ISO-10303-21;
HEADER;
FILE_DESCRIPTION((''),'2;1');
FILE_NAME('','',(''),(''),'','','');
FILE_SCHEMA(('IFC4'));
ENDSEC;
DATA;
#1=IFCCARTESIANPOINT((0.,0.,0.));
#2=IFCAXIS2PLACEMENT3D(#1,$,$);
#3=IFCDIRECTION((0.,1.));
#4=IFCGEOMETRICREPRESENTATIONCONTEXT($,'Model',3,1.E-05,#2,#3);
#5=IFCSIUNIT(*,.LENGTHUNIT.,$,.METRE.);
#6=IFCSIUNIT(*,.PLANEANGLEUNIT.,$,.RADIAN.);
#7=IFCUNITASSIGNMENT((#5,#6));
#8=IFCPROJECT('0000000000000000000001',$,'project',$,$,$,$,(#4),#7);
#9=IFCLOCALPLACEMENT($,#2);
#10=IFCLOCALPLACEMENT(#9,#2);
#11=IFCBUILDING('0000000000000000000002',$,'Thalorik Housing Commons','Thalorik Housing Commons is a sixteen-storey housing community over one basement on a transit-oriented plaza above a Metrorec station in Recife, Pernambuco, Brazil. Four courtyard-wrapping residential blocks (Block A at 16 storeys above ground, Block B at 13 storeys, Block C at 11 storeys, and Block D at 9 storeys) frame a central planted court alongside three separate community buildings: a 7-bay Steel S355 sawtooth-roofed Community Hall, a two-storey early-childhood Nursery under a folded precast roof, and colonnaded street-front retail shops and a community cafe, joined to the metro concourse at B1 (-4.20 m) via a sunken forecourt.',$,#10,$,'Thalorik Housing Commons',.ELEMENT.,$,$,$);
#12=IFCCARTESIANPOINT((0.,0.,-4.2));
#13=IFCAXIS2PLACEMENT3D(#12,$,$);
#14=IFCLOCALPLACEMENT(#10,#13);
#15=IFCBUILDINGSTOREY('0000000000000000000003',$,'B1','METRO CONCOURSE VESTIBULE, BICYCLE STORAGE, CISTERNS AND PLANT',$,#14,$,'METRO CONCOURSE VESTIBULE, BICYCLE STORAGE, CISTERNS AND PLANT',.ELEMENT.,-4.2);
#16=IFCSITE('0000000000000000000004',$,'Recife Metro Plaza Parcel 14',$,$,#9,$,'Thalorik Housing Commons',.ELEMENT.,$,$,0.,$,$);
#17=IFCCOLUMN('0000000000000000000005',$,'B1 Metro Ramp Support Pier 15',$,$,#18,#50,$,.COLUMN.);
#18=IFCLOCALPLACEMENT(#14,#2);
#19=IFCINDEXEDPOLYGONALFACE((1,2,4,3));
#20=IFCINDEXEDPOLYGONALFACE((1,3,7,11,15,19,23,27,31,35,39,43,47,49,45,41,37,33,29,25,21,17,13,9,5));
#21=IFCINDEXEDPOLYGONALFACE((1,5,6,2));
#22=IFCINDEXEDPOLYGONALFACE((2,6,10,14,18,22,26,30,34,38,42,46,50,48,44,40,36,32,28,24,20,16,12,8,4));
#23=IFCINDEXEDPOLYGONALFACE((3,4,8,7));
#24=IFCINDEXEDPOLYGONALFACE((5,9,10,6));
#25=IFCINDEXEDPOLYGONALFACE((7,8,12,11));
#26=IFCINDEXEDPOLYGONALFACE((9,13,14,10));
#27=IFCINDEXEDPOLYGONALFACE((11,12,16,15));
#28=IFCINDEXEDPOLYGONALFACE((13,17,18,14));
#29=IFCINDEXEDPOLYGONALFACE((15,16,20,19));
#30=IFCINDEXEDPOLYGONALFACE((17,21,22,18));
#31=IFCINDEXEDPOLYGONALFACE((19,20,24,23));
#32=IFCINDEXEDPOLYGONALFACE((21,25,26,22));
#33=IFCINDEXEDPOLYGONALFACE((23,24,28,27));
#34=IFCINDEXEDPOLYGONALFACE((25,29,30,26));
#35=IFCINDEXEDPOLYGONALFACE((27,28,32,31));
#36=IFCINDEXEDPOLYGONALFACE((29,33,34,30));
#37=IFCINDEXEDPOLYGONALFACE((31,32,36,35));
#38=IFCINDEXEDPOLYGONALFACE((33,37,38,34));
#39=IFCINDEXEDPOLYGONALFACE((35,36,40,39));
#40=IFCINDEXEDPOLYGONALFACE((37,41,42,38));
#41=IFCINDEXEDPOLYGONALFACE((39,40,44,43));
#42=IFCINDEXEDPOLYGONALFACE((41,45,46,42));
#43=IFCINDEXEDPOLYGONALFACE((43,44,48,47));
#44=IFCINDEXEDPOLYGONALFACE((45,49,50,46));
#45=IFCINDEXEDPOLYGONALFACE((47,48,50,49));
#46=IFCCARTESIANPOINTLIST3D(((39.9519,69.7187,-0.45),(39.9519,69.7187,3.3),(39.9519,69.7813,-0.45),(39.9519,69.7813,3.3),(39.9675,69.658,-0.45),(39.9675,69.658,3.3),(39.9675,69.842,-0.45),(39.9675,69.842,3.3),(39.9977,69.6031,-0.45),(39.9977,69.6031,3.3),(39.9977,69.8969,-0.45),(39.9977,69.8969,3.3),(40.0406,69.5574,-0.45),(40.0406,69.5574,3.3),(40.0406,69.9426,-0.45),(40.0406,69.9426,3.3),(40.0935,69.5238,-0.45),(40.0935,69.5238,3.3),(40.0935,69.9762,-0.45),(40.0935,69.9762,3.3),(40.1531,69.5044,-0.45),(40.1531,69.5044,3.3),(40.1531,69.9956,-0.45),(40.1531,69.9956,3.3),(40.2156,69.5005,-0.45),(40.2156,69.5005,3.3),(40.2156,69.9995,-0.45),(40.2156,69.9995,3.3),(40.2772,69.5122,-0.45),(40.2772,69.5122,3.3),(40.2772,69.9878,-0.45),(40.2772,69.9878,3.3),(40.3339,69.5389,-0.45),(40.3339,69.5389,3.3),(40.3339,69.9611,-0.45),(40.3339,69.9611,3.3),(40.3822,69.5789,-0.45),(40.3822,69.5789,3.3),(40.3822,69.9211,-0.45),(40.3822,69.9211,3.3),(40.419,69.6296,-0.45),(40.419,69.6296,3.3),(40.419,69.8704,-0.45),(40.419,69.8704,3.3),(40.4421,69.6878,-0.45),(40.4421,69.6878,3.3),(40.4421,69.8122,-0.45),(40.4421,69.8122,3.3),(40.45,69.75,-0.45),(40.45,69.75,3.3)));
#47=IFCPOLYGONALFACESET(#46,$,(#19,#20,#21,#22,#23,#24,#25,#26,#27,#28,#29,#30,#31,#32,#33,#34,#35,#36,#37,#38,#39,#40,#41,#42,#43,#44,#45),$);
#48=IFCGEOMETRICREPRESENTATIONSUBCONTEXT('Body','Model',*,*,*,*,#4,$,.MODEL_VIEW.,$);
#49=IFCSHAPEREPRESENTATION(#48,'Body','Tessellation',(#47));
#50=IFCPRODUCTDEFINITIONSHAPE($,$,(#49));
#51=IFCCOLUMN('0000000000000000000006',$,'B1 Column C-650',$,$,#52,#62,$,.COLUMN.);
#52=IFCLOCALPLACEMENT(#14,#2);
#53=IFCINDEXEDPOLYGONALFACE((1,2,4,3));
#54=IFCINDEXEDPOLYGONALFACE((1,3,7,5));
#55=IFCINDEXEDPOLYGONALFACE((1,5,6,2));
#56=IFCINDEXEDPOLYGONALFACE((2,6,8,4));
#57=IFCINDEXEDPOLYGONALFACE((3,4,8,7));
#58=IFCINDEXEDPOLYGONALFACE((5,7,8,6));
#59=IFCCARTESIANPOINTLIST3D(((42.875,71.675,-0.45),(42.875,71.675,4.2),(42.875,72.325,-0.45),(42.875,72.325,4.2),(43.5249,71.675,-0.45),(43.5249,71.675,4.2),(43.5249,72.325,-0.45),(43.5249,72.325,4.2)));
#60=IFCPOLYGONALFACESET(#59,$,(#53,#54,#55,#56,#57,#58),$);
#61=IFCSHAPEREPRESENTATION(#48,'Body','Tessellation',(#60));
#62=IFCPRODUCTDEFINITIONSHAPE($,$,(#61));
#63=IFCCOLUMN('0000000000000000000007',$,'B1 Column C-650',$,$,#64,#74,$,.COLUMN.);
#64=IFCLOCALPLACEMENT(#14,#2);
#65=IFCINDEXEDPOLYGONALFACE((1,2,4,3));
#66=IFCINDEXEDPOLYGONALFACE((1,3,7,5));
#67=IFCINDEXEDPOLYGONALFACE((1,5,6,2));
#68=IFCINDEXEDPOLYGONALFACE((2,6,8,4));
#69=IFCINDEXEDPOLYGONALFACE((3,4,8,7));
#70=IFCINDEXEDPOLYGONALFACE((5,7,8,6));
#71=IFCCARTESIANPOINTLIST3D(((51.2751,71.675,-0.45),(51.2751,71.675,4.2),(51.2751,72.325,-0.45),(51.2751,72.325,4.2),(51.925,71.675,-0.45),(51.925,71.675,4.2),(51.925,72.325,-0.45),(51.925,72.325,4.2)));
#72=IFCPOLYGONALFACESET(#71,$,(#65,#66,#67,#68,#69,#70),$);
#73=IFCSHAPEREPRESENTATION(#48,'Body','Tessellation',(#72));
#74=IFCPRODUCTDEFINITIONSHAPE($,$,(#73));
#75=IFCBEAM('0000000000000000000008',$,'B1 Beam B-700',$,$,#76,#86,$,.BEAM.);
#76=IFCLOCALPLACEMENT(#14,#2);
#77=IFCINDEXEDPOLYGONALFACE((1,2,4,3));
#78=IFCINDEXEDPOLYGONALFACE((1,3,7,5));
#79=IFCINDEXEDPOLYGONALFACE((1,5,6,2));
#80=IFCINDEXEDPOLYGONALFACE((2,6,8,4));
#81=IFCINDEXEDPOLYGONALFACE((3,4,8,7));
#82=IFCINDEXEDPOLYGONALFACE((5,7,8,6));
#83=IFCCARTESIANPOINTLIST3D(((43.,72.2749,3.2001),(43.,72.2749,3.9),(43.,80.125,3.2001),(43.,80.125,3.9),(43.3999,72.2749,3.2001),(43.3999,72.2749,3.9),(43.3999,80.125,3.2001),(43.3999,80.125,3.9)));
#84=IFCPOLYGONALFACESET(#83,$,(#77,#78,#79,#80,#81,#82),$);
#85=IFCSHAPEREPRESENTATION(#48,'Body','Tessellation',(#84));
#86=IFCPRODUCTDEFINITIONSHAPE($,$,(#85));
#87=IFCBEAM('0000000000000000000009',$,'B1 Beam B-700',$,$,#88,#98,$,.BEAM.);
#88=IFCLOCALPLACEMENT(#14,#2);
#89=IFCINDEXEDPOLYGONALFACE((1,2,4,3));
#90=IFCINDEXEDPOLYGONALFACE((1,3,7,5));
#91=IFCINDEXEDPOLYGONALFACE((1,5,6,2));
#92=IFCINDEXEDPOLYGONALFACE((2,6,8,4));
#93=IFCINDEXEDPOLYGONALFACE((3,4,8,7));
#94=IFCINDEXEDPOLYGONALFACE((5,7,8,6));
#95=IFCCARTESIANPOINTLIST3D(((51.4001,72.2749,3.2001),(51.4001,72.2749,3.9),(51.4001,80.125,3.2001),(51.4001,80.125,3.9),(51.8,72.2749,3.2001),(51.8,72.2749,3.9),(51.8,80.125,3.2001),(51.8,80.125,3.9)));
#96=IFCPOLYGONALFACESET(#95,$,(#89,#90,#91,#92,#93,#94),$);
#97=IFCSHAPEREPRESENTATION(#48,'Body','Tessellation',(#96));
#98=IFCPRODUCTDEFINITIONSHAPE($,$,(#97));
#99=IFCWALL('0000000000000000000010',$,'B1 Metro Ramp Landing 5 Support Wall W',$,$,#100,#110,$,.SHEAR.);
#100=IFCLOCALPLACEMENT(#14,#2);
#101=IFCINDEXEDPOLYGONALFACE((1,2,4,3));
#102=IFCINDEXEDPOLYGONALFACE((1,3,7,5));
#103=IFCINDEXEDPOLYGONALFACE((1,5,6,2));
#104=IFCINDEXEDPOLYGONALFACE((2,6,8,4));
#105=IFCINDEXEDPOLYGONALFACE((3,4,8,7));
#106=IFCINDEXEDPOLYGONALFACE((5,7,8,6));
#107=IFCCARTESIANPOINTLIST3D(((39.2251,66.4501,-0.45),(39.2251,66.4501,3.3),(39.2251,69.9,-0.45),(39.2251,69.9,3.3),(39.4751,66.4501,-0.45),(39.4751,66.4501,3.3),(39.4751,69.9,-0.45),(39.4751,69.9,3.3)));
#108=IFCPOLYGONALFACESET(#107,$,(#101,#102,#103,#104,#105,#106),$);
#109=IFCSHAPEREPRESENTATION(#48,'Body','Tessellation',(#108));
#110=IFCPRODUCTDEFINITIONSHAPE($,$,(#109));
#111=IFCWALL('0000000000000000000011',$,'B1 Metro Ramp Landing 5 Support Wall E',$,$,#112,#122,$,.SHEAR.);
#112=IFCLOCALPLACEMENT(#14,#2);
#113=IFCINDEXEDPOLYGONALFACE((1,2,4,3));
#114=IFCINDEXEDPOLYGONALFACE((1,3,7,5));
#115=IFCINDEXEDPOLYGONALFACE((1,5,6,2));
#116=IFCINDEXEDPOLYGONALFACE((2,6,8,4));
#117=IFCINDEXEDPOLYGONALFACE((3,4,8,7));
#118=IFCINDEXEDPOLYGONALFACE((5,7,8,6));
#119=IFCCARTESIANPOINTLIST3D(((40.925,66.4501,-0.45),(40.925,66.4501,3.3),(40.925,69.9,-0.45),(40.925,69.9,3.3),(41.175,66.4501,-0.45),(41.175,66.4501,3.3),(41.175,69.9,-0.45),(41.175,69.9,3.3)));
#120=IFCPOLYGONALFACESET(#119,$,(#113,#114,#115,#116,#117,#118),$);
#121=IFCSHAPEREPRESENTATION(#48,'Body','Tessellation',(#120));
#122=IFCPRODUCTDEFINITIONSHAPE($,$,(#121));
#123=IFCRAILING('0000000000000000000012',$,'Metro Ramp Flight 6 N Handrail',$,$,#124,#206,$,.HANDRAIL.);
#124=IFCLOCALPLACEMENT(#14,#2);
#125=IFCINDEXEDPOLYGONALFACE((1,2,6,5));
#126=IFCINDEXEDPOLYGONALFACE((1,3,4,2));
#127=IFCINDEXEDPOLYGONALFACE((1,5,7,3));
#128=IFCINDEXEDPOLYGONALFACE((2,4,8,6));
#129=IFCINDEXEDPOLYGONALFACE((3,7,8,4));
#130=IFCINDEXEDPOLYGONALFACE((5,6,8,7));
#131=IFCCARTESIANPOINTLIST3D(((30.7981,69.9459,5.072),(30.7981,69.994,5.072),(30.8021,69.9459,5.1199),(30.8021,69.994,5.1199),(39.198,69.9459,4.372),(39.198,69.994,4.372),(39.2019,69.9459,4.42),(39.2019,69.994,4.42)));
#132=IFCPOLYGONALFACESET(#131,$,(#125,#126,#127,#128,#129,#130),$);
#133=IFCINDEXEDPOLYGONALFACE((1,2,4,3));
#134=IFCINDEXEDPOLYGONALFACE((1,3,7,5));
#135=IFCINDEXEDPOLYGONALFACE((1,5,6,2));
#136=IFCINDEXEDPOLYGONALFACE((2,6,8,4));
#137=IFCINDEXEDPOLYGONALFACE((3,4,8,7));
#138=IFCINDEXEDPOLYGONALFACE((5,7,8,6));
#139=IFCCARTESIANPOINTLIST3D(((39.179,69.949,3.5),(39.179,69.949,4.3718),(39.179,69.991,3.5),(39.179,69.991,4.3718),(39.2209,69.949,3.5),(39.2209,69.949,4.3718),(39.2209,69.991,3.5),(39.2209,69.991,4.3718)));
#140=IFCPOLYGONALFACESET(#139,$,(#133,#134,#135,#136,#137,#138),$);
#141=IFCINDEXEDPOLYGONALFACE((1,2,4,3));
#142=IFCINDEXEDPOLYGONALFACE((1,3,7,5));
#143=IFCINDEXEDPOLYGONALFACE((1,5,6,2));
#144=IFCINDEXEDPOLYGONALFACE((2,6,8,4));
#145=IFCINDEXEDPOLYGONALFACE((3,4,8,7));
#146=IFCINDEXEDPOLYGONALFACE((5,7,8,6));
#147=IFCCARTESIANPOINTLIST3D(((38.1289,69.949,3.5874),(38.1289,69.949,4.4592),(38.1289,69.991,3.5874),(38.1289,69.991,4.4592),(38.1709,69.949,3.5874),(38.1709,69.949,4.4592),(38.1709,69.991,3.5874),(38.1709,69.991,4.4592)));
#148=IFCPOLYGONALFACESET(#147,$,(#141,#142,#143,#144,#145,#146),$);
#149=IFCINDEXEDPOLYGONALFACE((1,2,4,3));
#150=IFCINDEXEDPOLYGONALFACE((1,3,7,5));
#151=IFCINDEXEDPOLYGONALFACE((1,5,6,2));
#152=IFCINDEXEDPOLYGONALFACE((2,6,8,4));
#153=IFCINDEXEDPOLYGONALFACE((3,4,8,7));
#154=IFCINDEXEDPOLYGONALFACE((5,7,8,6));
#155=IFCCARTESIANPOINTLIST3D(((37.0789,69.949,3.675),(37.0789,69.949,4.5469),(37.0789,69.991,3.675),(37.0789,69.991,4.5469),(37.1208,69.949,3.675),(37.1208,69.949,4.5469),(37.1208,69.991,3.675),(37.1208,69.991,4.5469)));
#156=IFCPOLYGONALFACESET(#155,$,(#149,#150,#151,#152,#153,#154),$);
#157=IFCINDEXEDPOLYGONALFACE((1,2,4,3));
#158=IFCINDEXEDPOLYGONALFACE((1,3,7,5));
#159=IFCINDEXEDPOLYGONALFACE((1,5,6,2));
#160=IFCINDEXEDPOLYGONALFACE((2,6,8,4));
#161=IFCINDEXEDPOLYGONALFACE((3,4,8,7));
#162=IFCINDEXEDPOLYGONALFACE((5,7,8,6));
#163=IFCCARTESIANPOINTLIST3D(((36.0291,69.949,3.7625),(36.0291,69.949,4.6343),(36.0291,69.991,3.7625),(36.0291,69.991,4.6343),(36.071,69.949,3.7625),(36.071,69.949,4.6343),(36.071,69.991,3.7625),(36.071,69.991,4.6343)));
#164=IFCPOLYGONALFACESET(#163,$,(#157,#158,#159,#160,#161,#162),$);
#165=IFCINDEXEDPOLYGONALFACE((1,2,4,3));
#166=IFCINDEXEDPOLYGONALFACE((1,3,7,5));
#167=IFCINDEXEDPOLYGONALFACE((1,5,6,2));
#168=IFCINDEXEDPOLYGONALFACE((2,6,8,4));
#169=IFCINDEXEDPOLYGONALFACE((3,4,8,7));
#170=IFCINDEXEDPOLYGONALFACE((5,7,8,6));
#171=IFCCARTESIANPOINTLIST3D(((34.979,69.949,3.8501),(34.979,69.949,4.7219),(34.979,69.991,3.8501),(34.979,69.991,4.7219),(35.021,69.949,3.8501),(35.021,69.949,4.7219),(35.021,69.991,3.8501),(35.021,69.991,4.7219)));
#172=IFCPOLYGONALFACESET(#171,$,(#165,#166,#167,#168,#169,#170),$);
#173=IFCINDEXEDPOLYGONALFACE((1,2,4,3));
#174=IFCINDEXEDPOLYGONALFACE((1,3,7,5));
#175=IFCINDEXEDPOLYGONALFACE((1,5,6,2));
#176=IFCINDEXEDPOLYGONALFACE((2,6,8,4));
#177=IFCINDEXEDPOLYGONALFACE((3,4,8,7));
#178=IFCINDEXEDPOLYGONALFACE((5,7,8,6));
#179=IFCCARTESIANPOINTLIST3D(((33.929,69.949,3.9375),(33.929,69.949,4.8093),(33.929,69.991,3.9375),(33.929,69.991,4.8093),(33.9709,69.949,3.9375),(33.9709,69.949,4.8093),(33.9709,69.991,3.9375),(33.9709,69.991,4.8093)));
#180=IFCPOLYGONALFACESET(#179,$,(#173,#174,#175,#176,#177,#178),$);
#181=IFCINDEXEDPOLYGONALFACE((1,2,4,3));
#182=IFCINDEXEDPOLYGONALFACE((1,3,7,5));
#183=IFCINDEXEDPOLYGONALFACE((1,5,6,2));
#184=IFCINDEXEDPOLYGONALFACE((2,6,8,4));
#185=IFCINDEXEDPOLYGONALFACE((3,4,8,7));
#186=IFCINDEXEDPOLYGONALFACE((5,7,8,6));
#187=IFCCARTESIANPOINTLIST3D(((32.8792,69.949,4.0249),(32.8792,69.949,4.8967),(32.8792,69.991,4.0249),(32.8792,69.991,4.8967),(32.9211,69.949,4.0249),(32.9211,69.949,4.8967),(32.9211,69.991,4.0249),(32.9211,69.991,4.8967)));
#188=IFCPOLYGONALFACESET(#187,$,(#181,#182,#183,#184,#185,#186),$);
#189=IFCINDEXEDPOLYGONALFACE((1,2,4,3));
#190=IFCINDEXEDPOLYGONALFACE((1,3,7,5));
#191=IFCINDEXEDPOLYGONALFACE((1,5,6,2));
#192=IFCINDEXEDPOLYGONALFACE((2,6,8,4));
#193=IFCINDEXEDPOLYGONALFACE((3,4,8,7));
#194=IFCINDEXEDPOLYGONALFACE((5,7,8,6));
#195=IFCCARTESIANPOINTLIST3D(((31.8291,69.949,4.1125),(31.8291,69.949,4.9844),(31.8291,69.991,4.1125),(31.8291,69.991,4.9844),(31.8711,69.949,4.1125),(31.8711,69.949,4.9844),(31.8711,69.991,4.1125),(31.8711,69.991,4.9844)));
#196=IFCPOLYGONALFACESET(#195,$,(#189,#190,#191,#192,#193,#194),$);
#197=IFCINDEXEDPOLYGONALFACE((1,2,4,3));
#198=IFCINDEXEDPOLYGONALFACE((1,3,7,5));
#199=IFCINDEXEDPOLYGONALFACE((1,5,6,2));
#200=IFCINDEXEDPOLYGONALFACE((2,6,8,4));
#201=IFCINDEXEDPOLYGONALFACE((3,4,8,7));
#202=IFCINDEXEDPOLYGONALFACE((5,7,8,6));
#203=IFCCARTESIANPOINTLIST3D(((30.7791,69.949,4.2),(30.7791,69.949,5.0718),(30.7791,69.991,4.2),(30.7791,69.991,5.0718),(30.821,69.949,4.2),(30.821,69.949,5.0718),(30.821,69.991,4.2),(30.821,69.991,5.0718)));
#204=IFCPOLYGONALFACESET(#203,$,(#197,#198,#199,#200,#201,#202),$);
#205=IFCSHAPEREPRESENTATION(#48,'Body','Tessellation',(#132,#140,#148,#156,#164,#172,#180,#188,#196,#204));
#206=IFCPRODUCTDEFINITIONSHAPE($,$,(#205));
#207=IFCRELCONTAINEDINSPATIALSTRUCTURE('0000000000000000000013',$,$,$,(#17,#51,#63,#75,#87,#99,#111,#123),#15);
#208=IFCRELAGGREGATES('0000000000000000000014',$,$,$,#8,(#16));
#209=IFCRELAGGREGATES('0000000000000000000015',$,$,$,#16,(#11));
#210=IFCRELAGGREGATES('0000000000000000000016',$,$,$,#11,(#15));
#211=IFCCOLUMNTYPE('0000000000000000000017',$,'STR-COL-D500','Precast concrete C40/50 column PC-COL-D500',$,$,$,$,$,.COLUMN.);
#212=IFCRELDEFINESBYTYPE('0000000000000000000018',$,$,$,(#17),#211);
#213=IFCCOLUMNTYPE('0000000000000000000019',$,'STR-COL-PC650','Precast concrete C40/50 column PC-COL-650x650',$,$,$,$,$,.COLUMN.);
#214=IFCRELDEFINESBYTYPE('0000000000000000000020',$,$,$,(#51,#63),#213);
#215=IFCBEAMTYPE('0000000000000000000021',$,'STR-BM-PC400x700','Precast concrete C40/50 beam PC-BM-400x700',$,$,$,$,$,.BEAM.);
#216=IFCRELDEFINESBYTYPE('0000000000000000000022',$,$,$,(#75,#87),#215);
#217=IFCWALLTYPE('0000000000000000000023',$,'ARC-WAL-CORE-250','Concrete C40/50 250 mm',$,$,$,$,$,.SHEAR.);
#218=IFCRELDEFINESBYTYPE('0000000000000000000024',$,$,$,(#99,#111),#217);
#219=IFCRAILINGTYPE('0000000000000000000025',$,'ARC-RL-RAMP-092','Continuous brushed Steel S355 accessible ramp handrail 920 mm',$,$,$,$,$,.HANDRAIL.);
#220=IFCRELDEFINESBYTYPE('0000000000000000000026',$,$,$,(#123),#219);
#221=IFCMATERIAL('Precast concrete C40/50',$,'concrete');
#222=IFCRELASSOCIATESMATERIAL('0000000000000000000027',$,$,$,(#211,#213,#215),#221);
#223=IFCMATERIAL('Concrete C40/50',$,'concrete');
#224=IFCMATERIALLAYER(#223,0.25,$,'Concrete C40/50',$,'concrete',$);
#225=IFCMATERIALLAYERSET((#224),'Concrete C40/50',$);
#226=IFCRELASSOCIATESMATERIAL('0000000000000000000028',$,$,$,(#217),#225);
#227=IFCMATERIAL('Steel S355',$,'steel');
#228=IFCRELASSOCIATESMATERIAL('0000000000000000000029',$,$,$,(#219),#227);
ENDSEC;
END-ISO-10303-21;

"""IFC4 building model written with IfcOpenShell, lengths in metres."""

from ifc_helpers import new_model, si_unit, direction, frame, frame_2d, origin, origin_2d, place, context, subcontext, project, spatial, rectangle, circle, extrude, material, layer, layer_set, material_profile, profile_set, type_object, element, save


model = new_model("IFC4")

# Units and contexts
model_context = context("Model", 3, precision=1e-05, world=origin(), true_north=direction((0.0, 1.0)))
body_context = subcontext(model_context, "Body", "Model", "MODEL_VIEW")
ifc_project = project(units=[si_unit("LENGTHUNIT", "METRE"), si_unit("PLANEANGLEUNIT", "RADIAN")], contexts=[model_context])

# Site, building, storey
site_placement = place(None, origin())
site = spatial("IfcSite", under=ifc_project, at=site_placement, Name="Recife Metro Plaza Parcel 14", LongName="Thalorik Housing Commons", CompositionType="ELEMENT", RefElevation=0.0)
building_placement = place(site_placement, origin())
building = spatial("IfcBuilding", under=site, at=building_placement, Name="Thalorik Housing Commons", Description="Thalorik Housing Commons is a sixteen-storey housing community over one basement on a transit-oriented plaza above a Metrorec station in Recife, Pernambuco, Brazil. Four courtyard-wrapping residential blocks (Block A at 16 storeys above ground, Block B at 13 storeys, Block C at 11 storeys, and Block D at 9 storeys) frame a central planted court alongside three separate community buildings: a 7-bay Steel S355 sawtooth-roofed Community Hall, a two-storey early-childhood Nursery under a folded precast roof, and colonnaded street-front retail shops and a community cafe, joined to the metro concourse at B1 (-4.20 m) via a sunken forecourt.", LongName="Thalorik Housing Commons", CompositionType="ELEMENT")
storey_placement = place(building_placement, frame((0.0, 0.0, -4.2)))
storey = spatial("IfcBuildingStorey", under=building, at=storey_placement, Name="B1", Description="METRO CONCOURSE VESTIBULE, BICYCLE STORAGE, CISTERNS AND PLANT", LongName="METRO CONCOURSE VESTIBULE, BICYCLE STORAGE, CISTERNS AND PLANT", CompositionType="ELEMENT", Elevation=-4.2)

# Shared definitions
ifc_material_1 = material(Name="Concrete C40/50", Category="concrete")

# Columns
ifc_material_2 = material(Name="Precast concrete C40/50", Category="concrete")
ifc_material_profile_1 = material_profile(ifc_material_2, circle(Radius=0.25, at=origin_2d()), Name="PC D500", Category="concrete")
ifc_profile_set_1 = profile_set([ifc_material_profile_1], Name="Precast concrete C40/50")
column_type_1 = type_object("IfcColumnType", Name="STR-COL-D500", Description="Precast concrete C40/50 column PC-COL-D500", PredefinedType="COLUMN", material=ifc_profile_set_1)
for number, where, z_axis, x_axis, name in (
    (1, (40.2, 69.75, -0.45), (0.0, 0.0, 1.0), (1.0, 0.0, 0.0), "B1 Metro Ramp Support Pier 15"),
):
    element("IfcColumn", number, at=place(storey_placement, frame(where, z_axis=z_axis, x_axis=x_axis)), inside=storey, type_object=column_type_1, Name=name, PredefinedType="COLUMN", context=body_context, shape_type="SweptSolid", body=[
        extrude(circle(Radius=0.25, at=origin_2d()), origin(), (0.0, 0.0, 1.0), 3.75),
    ])
ifc_material_profile_2 = material_profile(ifc_material_2, rectangle(XDim=0.6499, YDim=0.6499, at=origin_2d()), Name="PC 650x650", Category="concrete")
ifc_profile_set_2 = profile_set([ifc_material_profile_2], Name="Precast concrete C40/50")
column_type_2 = type_object("IfcColumnType", Name="STR-COL-PC650", Description="Precast concrete C40/50 column PC-COL-650x650", PredefinedType="COLUMN", material=ifc_profile_set_2)
for number, where, z_axis, x_axis, name in (
    (2, (43.2, 72.0, -0.45), (0.0, 0.0, 1.0), (1.0, 0.0, 0.0), "B1 Column C-650"),
    (3, (51.6001, 72.0, -0.45), (0.0, 0.0, 1.0), (1.0, 0.0, 0.0), "B1 Column C-650"),
):
    element("IfcColumn", number, at=place(storey_placement, frame(where, z_axis=z_axis, x_axis=x_axis)), inside=storey, type_object=column_type_2, Name=name, PredefinedType="COLUMN", context=body_context, shape_type="SweptSolid", body=[
        extrude(rectangle(XDim=0.6499, YDim=0.6499, at=origin_2d()), origin(), (0.0, 0.0, 1.0), 4.6499),
    ])

# Beams
ifc_material_profile_3 = material_profile(ifc_material_2, rectangle(XDim=0.3999, YDim=0.7, at=origin_2d()), Name="PC 400x700", Category="concrete")
ifc_profile_set_3 = profile_set([ifc_material_profile_3], Name="Precast concrete C40/50")
beam_type = type_object("IfcBeamType", Name="STR-BM-PC400x700", Description="Precast concrete C40/50 beam PC-BM-400x700", PredefinedType="BEAM", material=ifc_profile_set_3)
for number, where, z_axis, x_axis, name in (
    (4, (43.2, 72.2749, 3.55), (0.0, 1.0, 0.0), (-1.0, 0.0, 0.0), "B1 Beam B-700"),
    (5, (51.6001, 72.2749, 3.55), (0.0, 1.0, 0.0), (-1.0, 0.0, 0.0), "B1 Beam B-700"),
):
    element("IfcBeam", number, at=place(storey_placement, frame(where, z_axis=z_axis, x_axis=x_axis)), inside=storey, type_object=beam_type, Name=name, PredefinedType="BEAM", context=body_context, shape_type="SweptSolid", body=[
        extrude(rectangle(XDim=0.3999, YDim=0.7, at=origin_2d()), origin(), (0.0, 0.0, 1.0), 7.8501),
    ])

# Walls
ifc_layer = layer(ifc_material_1, 0.25, Name="Concrete C40/50", Category="concrete")
ifc_layer_set = layer_set([ifc_layer], Name="Concrete C40/50")
wall_type = type_object("IfcWallType", Name="ARC-WAL-CORE-250", Description="Concrete C40/50 250 mm", PredefinedType="SHEAR", material=ifc_layer_set)
for number, where, z_axis, x_axis, name in (
    (6, (39.3501, 66.45, -0.45), (0.0, 0.0, 1.0), (0.0, 1.0, 0.0), "B1 Metro Ramp Landing 5 Support Wall W"),
    (7, (41.05, 66.45, -0.45), (0.0, 0.0, 1.0), (0.0, 1.0, 0.0), "B1 Metro Ramp Landing 5 Support Wall E"),
):
    element("IfcWall", number, at=place(storey_placement, frame(where, z_axis=z_axis, x_axis=x_axis)), inside=storey, type_object=wall_type, Name=name, PredefinedType="SHEAR", context=body_context, shape_type="SweptSolid", body=[
        extrude(rectangle(XDim=3.45, YDim=0.25, at=frame_2d((1.7251, 0.0))), origin(), (0.0, 0.0, 1.0), 3.75),
    ])

# Railing
ifc_material_3 = material(Name="Steel S355", Category="steel")
railing_type_1 = type_object("IfcRailingType", Name="ARC-RL-RAMP-092", Description="Continuous brushed Steel S355 accessible ramp handrail 920 mm", PredefinedType="HANDRAIL", material=ifc_material_3)
railing_1_placement = place(storey_placement, frame((39.2, 69.97, 3.5)))
element("IfcRailing", 8, at=railing_1_placement, inside=storey, type_object=railing_type_1, Name="Metro Ramp Flight 6 N Handrail", PredefinedType="HANDRAIL", context=body_context, shape_type="SweptSolid", body=[
    extrude(rectangle(XDim=0.0481, YDim=0.0481, at=origin_2d()), frame((0.0, 0.0, 0.896), z_axis=(-0.996546, 0.0, 0.083041), x_axis=(0.0, -1.0, 0.0)), (0.0, 0.0, 1.0), 8.429),
    extrude(rectangle(XDim=0.042, YDim=0.042, at=origin_2d()), origin(), (0.0, 0.0, 1.0), 0.8718),
    extrude(rectangle(XDim=0.042, YDim=0.042, at=origin_2d()), frame((-1.05, 0.0, 0.0874)), (0.0, 0.0, 1.0), 0.8718),
    extrude(rectangle(XDim=0.042, YDim=0.042, at=origin_2d()), frame((-2.1001, 0.0, 0.175)), (0.0, 0.0, 1.0), 0.8718),
    extrude(rectangle(XDim=0.042, YDim=0.042, at=origin_2d()), frame((-3.1499, 0.0, 0.2625)), (0.0, 0.0, 1.0), 0.8718),
    extrude(rectangle(XDim=0.042, YDim=0.042, at=origin_2d()), frame((-4.2, 0.0, 0.3501)), (0.0, 0.0, 1.0), 0.8718),
    extrude(rectangle(XDim=0.042, YDim=0.042, at=origin_2d()), frame((-5.25, 0.0, 0.4375)), (0.0, 0.0, 1.0), 0.8718),
    extrude(rectangle(XDim=0.042, YDim=0.042, at=origin_2d()), frame((-6.2998, 0.0, 0.5249)), (0.0, 0.0, 1.0), 0.8718),
    extrude(rectangle(XDim=0.042, YDim=0.042, at=origin_2d()), frame((-7.3499, 0.0, 0.6125)), (0.0, 0.0, 1.0), 0.8718),
    extrude(rectangle(XDim=0.042, YDim=0.042, at=origin_2d()), frame((-8.3999, 0.0, 0.7)), (0.0, 0.0, 1.0), 0.8718),
])

save(model, "model.ifc")
